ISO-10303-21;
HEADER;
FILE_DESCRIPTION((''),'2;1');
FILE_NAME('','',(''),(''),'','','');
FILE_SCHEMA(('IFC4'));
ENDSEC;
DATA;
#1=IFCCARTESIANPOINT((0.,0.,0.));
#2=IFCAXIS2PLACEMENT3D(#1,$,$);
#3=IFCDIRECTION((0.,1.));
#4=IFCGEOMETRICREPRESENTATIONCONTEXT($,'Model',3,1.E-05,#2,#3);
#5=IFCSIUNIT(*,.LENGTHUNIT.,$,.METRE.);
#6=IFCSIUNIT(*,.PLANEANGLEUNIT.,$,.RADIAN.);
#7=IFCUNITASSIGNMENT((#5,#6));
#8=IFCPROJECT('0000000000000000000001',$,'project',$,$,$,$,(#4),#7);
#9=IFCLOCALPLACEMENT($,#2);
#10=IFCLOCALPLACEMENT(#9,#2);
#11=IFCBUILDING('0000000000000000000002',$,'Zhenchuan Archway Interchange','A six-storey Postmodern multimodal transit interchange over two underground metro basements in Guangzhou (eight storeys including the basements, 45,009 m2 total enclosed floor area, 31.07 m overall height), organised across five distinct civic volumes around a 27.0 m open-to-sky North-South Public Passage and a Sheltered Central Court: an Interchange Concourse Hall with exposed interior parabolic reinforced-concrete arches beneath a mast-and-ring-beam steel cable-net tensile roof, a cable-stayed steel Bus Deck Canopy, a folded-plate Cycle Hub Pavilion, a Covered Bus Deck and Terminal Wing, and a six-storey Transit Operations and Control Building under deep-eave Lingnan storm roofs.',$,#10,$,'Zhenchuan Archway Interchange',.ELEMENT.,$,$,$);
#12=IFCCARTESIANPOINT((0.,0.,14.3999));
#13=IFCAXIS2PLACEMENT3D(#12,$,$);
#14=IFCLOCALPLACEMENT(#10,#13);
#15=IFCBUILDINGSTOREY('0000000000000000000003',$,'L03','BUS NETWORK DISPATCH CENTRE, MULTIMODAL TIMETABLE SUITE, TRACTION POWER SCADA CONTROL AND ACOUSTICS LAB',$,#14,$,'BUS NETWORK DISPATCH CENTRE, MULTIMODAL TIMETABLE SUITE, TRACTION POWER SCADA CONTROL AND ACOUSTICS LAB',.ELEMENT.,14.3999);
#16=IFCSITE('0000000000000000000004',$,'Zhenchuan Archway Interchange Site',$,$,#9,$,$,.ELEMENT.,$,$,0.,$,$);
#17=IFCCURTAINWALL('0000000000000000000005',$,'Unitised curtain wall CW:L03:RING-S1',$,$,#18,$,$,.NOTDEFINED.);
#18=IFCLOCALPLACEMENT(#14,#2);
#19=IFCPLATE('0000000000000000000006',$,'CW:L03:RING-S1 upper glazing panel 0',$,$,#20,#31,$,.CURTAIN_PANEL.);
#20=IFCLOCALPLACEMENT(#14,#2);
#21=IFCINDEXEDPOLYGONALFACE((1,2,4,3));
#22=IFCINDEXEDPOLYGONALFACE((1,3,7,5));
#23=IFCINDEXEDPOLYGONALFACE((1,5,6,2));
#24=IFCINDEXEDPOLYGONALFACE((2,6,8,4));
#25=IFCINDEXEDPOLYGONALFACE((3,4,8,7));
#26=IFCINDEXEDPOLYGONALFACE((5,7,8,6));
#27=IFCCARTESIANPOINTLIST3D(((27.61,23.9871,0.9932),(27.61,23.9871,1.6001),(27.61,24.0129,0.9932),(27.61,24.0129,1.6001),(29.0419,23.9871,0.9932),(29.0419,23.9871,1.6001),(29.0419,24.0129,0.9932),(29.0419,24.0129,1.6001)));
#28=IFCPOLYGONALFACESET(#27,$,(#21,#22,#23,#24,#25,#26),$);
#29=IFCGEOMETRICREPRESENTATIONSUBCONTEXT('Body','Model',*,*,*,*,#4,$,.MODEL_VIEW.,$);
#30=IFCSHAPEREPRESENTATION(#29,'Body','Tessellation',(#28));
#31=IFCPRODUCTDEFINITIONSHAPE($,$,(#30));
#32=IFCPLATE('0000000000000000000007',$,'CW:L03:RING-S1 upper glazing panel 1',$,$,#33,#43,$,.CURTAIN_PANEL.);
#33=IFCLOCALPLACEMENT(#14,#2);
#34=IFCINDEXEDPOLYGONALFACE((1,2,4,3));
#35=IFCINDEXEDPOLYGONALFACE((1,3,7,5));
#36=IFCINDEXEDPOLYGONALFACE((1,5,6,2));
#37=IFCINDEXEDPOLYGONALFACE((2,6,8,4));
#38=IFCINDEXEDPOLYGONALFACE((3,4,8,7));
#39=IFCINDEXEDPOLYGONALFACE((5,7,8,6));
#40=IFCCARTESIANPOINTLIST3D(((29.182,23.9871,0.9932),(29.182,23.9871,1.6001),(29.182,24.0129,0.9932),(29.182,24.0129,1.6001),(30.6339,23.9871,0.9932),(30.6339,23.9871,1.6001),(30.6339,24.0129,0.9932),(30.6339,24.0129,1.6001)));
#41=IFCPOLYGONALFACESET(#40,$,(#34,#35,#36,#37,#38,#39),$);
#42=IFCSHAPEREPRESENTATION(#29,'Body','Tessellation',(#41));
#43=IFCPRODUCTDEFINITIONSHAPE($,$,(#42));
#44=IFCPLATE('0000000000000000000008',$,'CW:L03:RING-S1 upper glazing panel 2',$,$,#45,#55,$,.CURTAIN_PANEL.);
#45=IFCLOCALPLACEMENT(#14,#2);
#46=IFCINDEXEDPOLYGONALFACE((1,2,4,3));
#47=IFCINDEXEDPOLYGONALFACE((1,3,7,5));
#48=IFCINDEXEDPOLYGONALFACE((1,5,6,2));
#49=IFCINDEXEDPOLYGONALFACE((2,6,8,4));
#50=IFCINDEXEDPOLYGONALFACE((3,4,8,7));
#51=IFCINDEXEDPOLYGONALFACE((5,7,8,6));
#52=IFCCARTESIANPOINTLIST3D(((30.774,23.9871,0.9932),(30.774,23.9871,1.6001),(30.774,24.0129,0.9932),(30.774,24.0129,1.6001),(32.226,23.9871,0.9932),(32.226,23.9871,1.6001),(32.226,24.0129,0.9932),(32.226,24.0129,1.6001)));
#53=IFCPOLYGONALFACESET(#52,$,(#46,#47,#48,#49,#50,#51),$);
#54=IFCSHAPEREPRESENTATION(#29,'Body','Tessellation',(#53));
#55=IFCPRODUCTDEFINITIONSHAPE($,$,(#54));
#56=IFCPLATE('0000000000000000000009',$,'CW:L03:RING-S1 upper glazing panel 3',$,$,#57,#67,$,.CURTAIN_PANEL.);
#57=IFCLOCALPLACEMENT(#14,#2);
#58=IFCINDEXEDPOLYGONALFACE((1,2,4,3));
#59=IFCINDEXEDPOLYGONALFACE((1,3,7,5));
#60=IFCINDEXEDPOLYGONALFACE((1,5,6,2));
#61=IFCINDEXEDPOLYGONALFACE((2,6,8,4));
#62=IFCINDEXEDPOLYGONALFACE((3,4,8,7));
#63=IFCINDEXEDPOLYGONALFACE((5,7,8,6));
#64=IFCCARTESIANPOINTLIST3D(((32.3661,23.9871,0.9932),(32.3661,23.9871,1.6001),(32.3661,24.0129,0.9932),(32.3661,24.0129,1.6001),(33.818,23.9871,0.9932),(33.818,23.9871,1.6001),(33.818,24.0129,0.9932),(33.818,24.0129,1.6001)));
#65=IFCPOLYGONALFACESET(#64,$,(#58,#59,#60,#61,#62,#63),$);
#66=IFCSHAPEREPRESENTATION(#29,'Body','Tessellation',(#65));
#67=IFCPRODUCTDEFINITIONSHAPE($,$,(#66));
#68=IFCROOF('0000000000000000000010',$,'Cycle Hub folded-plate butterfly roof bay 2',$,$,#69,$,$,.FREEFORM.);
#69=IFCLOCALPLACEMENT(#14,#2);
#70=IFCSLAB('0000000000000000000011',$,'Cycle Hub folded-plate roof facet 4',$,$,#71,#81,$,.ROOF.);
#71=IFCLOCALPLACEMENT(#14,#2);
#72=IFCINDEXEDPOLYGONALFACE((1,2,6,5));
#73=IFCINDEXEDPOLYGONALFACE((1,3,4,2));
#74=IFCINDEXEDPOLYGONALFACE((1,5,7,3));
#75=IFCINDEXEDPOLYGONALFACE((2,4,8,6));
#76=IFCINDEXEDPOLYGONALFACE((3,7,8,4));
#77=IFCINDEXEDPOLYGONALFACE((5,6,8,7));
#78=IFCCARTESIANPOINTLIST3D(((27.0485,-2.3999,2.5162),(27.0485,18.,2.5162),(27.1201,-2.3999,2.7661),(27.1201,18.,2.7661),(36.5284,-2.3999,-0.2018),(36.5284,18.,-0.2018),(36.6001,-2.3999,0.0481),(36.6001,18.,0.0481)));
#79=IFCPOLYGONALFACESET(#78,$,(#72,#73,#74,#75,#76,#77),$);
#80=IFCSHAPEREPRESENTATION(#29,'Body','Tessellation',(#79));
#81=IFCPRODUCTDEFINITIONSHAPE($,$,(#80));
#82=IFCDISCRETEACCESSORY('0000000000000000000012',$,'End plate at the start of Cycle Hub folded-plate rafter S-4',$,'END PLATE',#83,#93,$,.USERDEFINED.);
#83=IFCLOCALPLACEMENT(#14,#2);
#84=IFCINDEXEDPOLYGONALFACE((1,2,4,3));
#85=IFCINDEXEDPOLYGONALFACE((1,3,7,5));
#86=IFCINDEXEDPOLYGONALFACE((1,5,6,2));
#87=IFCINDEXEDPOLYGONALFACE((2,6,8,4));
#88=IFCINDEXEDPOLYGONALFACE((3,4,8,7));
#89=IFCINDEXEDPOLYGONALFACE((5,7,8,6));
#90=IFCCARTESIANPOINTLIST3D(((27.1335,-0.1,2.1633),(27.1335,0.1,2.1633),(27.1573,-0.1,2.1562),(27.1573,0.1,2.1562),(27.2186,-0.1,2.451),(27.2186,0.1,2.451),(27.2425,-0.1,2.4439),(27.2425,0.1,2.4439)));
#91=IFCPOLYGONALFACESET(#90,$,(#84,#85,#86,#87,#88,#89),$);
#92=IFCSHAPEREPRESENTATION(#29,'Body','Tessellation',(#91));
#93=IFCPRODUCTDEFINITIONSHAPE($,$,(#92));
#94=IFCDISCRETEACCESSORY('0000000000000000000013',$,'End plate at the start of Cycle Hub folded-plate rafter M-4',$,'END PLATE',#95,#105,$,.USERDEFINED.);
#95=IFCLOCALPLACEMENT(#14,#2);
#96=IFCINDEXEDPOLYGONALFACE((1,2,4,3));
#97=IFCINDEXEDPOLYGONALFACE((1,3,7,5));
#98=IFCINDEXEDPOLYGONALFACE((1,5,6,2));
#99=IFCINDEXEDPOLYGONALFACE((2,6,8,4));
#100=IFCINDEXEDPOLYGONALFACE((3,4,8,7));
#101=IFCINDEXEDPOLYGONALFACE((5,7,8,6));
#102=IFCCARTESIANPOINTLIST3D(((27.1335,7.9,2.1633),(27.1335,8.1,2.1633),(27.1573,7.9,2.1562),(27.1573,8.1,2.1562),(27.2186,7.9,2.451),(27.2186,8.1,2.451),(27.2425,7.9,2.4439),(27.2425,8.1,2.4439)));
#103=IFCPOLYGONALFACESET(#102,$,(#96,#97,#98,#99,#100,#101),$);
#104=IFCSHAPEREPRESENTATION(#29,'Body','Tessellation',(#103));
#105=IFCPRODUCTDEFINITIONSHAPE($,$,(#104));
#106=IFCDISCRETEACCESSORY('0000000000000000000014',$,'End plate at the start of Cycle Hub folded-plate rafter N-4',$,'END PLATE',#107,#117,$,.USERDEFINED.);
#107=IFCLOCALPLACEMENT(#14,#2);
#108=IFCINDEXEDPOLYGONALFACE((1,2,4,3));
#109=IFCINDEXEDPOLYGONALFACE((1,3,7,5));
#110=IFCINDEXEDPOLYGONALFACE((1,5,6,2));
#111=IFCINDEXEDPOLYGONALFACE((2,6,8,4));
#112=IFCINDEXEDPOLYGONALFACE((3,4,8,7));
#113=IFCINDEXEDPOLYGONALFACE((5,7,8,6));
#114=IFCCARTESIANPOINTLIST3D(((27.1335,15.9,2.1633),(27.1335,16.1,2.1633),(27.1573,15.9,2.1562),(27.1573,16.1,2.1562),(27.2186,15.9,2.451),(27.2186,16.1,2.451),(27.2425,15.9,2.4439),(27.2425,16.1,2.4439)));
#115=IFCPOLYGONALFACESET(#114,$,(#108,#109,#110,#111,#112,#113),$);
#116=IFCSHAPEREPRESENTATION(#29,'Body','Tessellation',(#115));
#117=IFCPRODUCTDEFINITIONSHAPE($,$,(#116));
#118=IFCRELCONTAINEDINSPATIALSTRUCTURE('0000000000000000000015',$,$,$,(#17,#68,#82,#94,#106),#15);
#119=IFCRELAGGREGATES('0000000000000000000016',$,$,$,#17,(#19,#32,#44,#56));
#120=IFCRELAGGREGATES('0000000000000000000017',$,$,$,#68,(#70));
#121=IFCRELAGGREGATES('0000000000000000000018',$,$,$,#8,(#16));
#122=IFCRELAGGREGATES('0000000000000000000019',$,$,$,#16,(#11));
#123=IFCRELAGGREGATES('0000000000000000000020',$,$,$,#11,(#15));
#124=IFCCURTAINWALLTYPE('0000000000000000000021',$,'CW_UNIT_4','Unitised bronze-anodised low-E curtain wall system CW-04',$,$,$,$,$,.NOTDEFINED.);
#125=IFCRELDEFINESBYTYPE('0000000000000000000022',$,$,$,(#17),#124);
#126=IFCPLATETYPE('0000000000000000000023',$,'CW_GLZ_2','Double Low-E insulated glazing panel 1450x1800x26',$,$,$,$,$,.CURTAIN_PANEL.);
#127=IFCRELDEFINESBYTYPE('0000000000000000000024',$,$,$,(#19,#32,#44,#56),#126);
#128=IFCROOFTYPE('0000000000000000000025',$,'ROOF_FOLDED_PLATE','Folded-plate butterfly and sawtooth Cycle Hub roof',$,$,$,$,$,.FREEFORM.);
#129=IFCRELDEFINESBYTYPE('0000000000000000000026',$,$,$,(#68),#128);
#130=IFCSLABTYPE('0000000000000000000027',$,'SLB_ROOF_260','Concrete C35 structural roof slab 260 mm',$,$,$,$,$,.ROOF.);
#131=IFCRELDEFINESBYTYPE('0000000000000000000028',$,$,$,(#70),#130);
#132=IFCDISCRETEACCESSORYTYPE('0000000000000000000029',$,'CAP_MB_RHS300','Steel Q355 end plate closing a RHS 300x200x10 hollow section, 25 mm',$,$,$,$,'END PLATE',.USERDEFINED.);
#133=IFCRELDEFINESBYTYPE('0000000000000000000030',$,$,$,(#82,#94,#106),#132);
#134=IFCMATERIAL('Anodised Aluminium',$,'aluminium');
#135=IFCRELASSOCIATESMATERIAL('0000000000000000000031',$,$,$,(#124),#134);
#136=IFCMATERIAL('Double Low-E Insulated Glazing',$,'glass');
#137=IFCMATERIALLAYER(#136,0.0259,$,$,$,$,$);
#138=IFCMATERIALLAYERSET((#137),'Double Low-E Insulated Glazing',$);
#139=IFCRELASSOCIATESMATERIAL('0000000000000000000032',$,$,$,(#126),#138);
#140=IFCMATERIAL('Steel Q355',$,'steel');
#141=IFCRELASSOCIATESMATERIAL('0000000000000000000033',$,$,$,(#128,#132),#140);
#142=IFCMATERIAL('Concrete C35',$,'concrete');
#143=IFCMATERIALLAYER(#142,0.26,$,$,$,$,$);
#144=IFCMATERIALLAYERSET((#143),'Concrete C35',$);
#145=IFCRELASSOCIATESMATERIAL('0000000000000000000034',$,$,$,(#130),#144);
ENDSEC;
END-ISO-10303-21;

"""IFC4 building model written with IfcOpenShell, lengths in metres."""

from ifc_helpers import new_model, si_unit, direction, frame, origin, origin_2d, place, context, subcontext, project, spatial, polyline, rectangle, outline, extrude, material, layer, layer_set, type_object, element, aggregate, save


model = new_model("IFC4")

# Units and contexts
model_context = context("Model", 3, precision=1e-05, world=origin(), true_north=direction((0.0, 1.0)))
body_context = subcontext(model_context, "Body", "Model", "MODEL_VIEW")
ifc_project = project(units=[si_unit("LENGTHUNIT", "METRE"), si_unit("PLANEANGLEUNIT", "RADIAN")], contexts=[model_context])

# Site, building, storey
site_placement = place(None, origin())
site = spatial("IfcSite", under=ifc_project, at=site_placement, Name="Zhenchuan Archway Interchange Site", CompositionType="ELEMENT", RefElevation=0.0)
building_placement = place(site_placement, origin())
building = spatial("IfcBuilding", under=site, at=building_placement, Name="Zhenchuan Archway Interchange", Description="A six-storey Postmodern multimodal transit interchange over two underground metro basements in Guangzhou (eight storeys including the basements, 45,009 m2 total enclosed floor area, 31.07 m overall height), organised across five distinct civic volumes around a 27.0 m open-to-sky North-South Public Passage and a Sheltered Central Court: an Interchange Concourse Hall with exposed interior parabolic reinforced-concrete arches beneath a mast-and-ring-beam steel cable-net tensile roof, a cable-stayed steel Bus Deck Canopy, a folded-plate Cycle Hub Pavilion, a Covered Bus Deck and Terminal Wing, and a six-storey Transit Operations and Control Building under deep-eave Lingnan storm roofs.", LongName="Zhenchuan Archway Interchange", CompositionType="ELEMENT")
storey_placement = place(building_placement, frame((0.0, 0.0, 14.3999)))
storey = spatial("IfcBuildingStorey", under=building, at=storey_placement, Name="L03", Description="BUS NETWORK DISPATCH CENTRE, MULTIMODAL TIMETABLE SUITE, TRACTION POWER SCADA CONTROL AND ACOUSTICS LAB", LongName="BUS NETWORK DISPATCH CENTRE, MULTIMODAL TIMETABLE SUITE, TRACTION POWER SCADA CONTROL AND ACOUSTICS LAB", CompositionType="ELEMENT", Elevation=14.3999)

# Curtain wall
ifc_material_1 = material(Name="Anodised Aluminium", Category="aluminium")
curtain_wall_type = type_object("IfcCurtainWallType", Name="CW_UNIT_4", Description="Unitised bronze-anodised low-E curtain wall system CW-04", PredefinedType="NOTDEFINED", material=ifc_material_1)
curtain_wall_placement = place(storey_placement, origin())
curtain_wall = element("IfcCurtainWall", 1, at=curtain_wall_placement, inside=storey, type_object=curtain_wall_type, Name="Unitised curtain wall CW:L03:RING-S1", PredefinedType="NOTDEFINED")

# Shared definitions
ifc_material_2 = material(Name="Steel Q355", Category="steel")

# Plates
ifc_material_3 = material(Name="Double Low-E Insulated Glazing", Category="glass")
ifc_layer_1 = layer(ifc_material_3, 0.0259)
ifc_layer_set_1 = layer_set([ifc_layer_1], Name="Double Low-E Insulated Glazing")
plate_type_1 = type_object("IfcPlateType", Name="CW_GLZ_2", Description="Double Low-E insulated glazing panel 1450x1800x26", PredefinedType="CURTAIN_PANEL", material=ifc_layer_set_1)
plate_1_placement = place(storey_placement, frame((28.3259, 24.0, 0.9932), z_axis=(0.0, 0.0, 1.0), x_axis=(1.0, 0.0, 0.0)))
plate_1 = element("IfcPlate", 2, at=plate_1_placement, type_object=plate_type_1, Name="CW:L03:RING-S1 upper glazing panel 0", PredefinedType="CURTAIN_PANEL", context=body_context, shape_type="SweptSolid", body=[
    extrude(rectangle(XDim=1.4319, YDim=0.0259, at=origin_2d()), origin(), (0.0, 0.0, 1.0), 0.6069),
])
plate_2_placement = place(storey_placement, frame((29.908, 24.0, 0.9932), z_axis=(0.0, 0.0, 1.0), x_axis=(1.0, 0.0, 0.0)))
plate_2 = element("IfcPlate", 3, at=plate_2_placement, type_object=plate_type_1, Name="CW:L03:RING-S1 upper glazing panel 1", PredefinedType="CURTAIN_PANEL", context=body_context, shape_type="SweptSolid", body=[
    extrude(rectangle(XDim=1.4519, YDim=0.0259, at=origin_2d()), origin(), (0.0, 0.0, 1.0), 0.6069),
])
plate_3_placement = place(storey_placement, frame((31.5, 24.0, 0.9932), z_axis=(0.0, 0.0, 1.0), x_axis=(1.0, 0.0, 0.0)))
plate_3 = element("IfcPlate", 4, at=plate_3_placement, type_object=plate_type_1, Name="CW:L03:RING-S1 upper glazing panel 2", PredefinedType="CURTAIN_PANEL", context=body_context, shape_type="SweptSolid", body=[
    extrude(rectangle(XDim=1.4519, YDim=0.0259, at=origin_2d()), origin(), (0.0, 0.0, 1.0), 0.6069),
])
plate_4_placement = place(storey_placement, frame((33.092, 24.0, 0.9932), z_axis=(0.0, 0.0, 1.0), x_axis=(1.0, 0.0, 0.0)))
plate_4 = element("IfcPlate", 5, at=plate_4_placement, type_object=plate_type_1, Name="CW:L03:RING-S1 upper glazing panel 3", PredefinedType="CURTAIN_PANEL", context=body_context, shape_type="SweptSolid", body=[
    extrude(rectangle(XDim=1.4519, YDim=0.0259, at=origin_2d()), origin(), (0.0, 0.0, 1.0), 0.6069),
])
aggregate(curtain_wall, [plate_1, plate_2, plate_3, plate_4])

# Roof, slab
roof_type = type_object("IfcRoofType", Name="ROOF_FOLDED_PLATE", Description="Folded-plate butterfly and sawtooth Cycle Hub roof", PredefinedType="FREEFORM", material=ifc_material_2)
roof_placement = place(storey_placement, origin())
roof = element("IfcRoof", 6, at=roof_placement, inside=storey, type_object=roof_type, Name="Cycle Hub folded-plate butterfly roof bay 2", PredefinedType="FREEFORM")
ifc_material_4 = material(Name="Concrete C35", Category="concrete")
ifc_layer_2 = layer(ifc_material_4, 0.26)
ifc_layer_set_2 = layer_set([ifc_layer_2], Name="Concrete C35")
slab_type = type_object("IfcSlabType", Name="SLB_ROOF_260", Description="Concrete C35 structural roof slab 260 mm", PredefinedType="ROOF", material=ifc_layer_set_2)
slab_placement = place(storey_placement, frame((27.1201, -2.3999, 2.7661), z_axis=(0.275607, 0.0, 0.96127), x_axis=(0.96127, 0.0, -0.275607)))
slab = element("IfcSlab", 7, at=slab_placement, type_object=slab_type, Name="Cycle Hub folded-plate roof facet 4", PredefinedType="ROOF", context=body_context, shape_type="SweptSolid", body=[
    extrude(outline(polyline([(0.0, 0.0), (9.8619, 0.0), (9.8619, 20.3999), (0.0, 20.3999), (0.0, 0.0)])), origin(), (0.0, 0.0, -1.0), 0.26),
])
aggregate(roof, [slab])

# Discrete accessories
discrete_accessory_type = type_object("IfcDiscreteAccessoryType", Name="CAP_MB_RHS300", Description="Steel Q355 end plate closing a RHS 300x200x10 hollow section, 25 mm", ElementType="END PLATE", PredefinedType="USERDEFINED", material=ifc_material_2)
for number, where, z_axis, x_axis, name in (
    (8, (27.176, 0.0, 2.3071), (0.958897, 0.0, -0.283755), (0.0, 1.0, 0.0), "End plate at the start of Cycle Hub folded-plate rafter S-4"),
    (9, (27.176, 8.0, 2.3071), (0.958897, 0.0, -0.283755), (0.0, 1.0, 0.0), "End plate at the start of Cycle Hub folded-plate rafter M-4"),
    (10, (27.176, 16.0, 2.3071), (0.958897, 0.0, -0.283755), (0.0, 1.0, 0.0), "End plate at the start of Cycle Hub folded-plate rafter N-4"),
):
    element("IfcDiscreteAccessory", number, at=place(storey_placement, frame(where, z_axis=z_axis, x_axis=x_axis)), inside=storey, type_object=discrete_accessory_type, Name=name, ObjectType="END PLATE", PredefinedType="USERDEFINED", context=body_context, shape_type="SweptSolid", body=[
        extrude(rectangle(XDim=0.2, YDim=0.3, at=origin_2d()), origin(), (0.0, 0.0, 1.0), 0.0249),
    ])

save(model, "model.ifc")
